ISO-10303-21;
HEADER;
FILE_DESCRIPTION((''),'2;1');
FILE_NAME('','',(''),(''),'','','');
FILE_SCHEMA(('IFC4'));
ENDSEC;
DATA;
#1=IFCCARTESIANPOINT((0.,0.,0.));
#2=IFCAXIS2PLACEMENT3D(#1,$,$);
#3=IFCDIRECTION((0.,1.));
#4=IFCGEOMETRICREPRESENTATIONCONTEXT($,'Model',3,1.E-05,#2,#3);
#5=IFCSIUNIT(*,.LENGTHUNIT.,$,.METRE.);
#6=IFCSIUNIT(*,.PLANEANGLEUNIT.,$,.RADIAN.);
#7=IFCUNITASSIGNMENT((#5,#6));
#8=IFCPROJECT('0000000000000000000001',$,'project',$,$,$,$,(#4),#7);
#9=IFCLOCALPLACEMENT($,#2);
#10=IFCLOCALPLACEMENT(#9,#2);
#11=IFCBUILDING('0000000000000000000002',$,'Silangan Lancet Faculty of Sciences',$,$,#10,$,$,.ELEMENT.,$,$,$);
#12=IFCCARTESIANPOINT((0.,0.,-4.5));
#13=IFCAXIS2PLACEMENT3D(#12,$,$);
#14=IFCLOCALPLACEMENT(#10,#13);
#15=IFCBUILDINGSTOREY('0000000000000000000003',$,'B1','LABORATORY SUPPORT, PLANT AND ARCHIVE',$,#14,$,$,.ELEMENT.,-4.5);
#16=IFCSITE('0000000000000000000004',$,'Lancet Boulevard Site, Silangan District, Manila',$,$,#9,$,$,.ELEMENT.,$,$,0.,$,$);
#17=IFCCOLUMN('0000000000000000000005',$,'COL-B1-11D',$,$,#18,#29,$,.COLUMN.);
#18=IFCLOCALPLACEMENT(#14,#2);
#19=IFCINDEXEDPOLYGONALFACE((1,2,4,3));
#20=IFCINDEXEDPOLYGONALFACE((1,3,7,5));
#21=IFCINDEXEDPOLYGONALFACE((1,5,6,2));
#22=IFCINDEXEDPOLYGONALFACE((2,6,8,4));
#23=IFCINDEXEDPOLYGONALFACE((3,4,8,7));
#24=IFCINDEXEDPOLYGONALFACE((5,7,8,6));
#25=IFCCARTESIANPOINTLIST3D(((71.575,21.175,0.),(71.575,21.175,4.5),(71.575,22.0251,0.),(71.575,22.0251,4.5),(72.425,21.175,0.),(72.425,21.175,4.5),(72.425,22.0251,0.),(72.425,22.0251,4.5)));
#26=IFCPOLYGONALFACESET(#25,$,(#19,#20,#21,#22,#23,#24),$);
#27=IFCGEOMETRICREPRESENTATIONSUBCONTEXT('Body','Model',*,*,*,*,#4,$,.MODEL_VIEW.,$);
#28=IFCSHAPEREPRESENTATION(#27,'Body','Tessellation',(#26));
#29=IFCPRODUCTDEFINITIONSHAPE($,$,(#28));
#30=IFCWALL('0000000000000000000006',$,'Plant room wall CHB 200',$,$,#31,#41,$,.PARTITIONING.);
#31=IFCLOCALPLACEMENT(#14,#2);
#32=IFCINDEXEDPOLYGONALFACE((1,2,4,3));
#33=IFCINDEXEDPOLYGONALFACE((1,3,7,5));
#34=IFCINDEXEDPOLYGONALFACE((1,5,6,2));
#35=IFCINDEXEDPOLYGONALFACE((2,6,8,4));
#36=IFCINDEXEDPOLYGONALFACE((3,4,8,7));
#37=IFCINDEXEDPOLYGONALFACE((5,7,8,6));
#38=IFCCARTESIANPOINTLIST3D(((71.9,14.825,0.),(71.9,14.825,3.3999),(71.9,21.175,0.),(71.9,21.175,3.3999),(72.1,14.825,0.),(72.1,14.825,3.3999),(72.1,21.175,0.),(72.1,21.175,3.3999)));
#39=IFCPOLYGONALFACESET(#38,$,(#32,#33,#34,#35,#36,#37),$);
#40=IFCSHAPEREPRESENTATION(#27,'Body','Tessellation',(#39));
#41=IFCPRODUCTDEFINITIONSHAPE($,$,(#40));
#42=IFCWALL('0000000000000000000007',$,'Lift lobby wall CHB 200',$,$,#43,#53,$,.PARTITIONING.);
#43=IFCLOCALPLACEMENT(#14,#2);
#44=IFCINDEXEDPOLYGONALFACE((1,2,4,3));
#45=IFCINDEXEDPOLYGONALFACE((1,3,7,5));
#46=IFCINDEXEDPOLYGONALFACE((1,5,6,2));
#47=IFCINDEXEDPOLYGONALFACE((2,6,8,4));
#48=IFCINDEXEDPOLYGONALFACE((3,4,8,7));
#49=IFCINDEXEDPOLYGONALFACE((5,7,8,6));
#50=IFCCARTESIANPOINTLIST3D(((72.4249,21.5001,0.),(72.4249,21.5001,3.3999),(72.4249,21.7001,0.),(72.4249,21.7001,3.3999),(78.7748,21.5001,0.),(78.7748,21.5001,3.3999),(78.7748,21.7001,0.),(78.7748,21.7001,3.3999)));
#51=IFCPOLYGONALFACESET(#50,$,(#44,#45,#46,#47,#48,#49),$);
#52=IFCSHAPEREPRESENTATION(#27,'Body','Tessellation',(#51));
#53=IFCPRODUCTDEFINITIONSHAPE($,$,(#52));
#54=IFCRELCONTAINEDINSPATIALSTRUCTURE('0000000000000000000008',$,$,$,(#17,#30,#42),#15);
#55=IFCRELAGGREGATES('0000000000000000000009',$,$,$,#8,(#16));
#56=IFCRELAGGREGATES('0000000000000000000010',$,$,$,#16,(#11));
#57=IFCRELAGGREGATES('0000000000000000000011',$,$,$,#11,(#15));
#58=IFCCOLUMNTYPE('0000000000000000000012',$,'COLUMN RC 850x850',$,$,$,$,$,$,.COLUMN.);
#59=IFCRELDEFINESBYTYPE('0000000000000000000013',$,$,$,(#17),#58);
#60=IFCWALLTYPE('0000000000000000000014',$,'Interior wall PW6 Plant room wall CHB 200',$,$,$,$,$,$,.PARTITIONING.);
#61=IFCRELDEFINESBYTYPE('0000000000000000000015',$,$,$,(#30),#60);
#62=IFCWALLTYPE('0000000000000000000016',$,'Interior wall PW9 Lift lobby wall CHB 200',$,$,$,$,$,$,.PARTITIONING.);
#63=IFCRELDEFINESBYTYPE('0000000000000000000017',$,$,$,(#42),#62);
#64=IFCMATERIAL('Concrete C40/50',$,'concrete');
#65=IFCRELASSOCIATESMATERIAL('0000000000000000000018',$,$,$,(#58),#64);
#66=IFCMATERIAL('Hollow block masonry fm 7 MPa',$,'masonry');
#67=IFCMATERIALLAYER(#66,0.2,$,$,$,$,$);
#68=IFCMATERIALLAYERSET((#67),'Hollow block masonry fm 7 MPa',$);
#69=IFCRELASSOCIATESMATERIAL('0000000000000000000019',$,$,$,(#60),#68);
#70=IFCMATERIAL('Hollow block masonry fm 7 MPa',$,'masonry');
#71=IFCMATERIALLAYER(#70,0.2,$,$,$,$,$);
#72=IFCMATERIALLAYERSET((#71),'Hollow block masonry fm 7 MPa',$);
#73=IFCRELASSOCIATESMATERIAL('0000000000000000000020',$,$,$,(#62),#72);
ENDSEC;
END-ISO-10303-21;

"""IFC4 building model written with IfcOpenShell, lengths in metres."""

from ifc_helpers import new_model, si_unit, direction, frame, frame_2d, origin, origin_2d, place, context, subcontext, project, spatial, rectangle, extrude, material, layer, layer_set, material_profile, profile_set, type_object, element, save


model = new_model("IFC4")

# Units and contexts
model_context = context("Model", 3, precision=1e-05, world=origin(), true_north=direction((0.0, 1.0)))
body_context = subcontext(model_context, "Body", "Model", "MODEL_VIEW")
ifc_project = project(units=[si_unit("LENGTHUNIT", "METRE"), si_unit("PLANEANGLEUNIT", "RADIAN")], contexts=[model_context])

# Site, building, storey
site_placement = place(None, origin())
site = spatial("IfcSite", under=ifc_project, at=site_placement, Name="Lancet Boulevard Site, Silangan District, Manila", CompositionType="ELEMENT", RefElevation=0.0)
building_placement = place(site_placement, origin())
building = spatial("IfcBuilding", under=site, at=building_placement, Name="Silangan Lancet Faculty of Sciences", CompositionType="ELEMENT")
storey_placement = place(building_placement, frame((0.0, 0.0, -4.5)))
storey = spatial("IfcBuildingStorey", under=building, at=storey_placement, Name="B1", Description="LABORATORY SUPPORT, PLANT AND ARCHIVE", CompositionType="ELEMENT", Elevation=-4.5)

# Column
ifc_material_1 = material(Name="Concrete C40/50", Category="concrete")
ifc_material_profile_1 = material_profile(ifc_material_1, rectangle(XDim=0.8501, YDim=0.8501, at=origin_2d()), Name="RC 850x850")
ifc_profile_set_1 = profile_set([ifc_material_profile_1], Name="Concrete C40/50")
column_type = type_object("IfcColumnType", Name="COLUMN RC 850x850", PredefinedType="COLUMN", material=ifc_profile_set_1)
for number, where, z_axis, x_axis, name in (
    (1, (72.0, 21.6001, 0.0), (0.0, 0.0, 1.0), (1.0, 0.0, 0.0), "COL-B1-11D"),
):
    element("IfcColumn", number, at=place(storey_placement, frame(where, z_axis=z_axis, x_axis=x_axis)), inside=storey, type_object=column_type, Name=name, PredefinedType="COLUMN", context=body_context, shape_type="SweptSolid", body=[
        extrude(rectangle(XDim=0.8501, YDim=0.8501, at=origin_2d()), origin(), (0.0, 0.0, 1.0), 4.5),
    ])

# Walls
ifc_material_2 = material(Name="Hollow block masonry fm 7 MPa", Category="masonry")
ifc_layer_1 = layer(ifc_material_2, 0.2)
ifc_layer_set_1 = layer_set([ifc_layer_1], Name="Hollow block masonry fm 7 MPa")
wall_type_1 = type_object("IfcWallType", Name="Interior wall PW6 Plant room wall CHB 200", PredefinedType="PARTITIONING", material=ifc_layer_set_1)
wall_1_placement = place(storey_placement, frame((72.0, 14.825, 0.0), z_axis=(0.0, 0.0, 1.0), x_axis=(0.0, 1.0, 0.0)))
element("IfcWall", 2, at=wall_1_placement, inside=storey, type_object=wall_type_1, Name="Plant room wall CHB 200", PredefinedType="PARTITIONING", context=body_context, shape_type="SweptSolid", body=[
    extrude(rectangle(XDim=6.3501, YDim=0.2, at=frame_2d((3.175, 0.0))), origin(), (0.0, 0.0, 1.0), 3.3999),
])
ifc_material_3 = material(Name="Hollow block masonry fm 7 MPa", Category="masonry")
ifc_layer_2 = layer(ifc_material_3, 0.2)
ifc_layer_set_2 = layer_set([ifc_layer_2], Name="Hollow block masonry fm 7 MPa")
wall_type_2 = type_object("IfcWallType", Name="Interior wall PW9 Lift lobby wall CHB 200", PredefinedType="PARTITIONING", material=ifc_layer_set_2)
wall_2_placement = place(storey_placement, frame((72.425, 21.6001, 0.0), z_axis=(0.0, 0.0, 1.0), x_axis=(1.0, 0.0, 0.0)))
element("IfcWall", 3, at=wall_2_placement, inside=storey, type_object=wall_type_2, Name="Lift lobby wall CHB 200", PredefinedType="PARTITIONING", context=body_context, shape_type="SweptSolid", body=[
    extrude(rectangle(XDim=6.3499, YDim=0.2, at=frame_2d((3.1748, 0.0))), origin(), (0.0, 0.0, 1.0), 3.3999),
])

save(model, "model.ifc")
